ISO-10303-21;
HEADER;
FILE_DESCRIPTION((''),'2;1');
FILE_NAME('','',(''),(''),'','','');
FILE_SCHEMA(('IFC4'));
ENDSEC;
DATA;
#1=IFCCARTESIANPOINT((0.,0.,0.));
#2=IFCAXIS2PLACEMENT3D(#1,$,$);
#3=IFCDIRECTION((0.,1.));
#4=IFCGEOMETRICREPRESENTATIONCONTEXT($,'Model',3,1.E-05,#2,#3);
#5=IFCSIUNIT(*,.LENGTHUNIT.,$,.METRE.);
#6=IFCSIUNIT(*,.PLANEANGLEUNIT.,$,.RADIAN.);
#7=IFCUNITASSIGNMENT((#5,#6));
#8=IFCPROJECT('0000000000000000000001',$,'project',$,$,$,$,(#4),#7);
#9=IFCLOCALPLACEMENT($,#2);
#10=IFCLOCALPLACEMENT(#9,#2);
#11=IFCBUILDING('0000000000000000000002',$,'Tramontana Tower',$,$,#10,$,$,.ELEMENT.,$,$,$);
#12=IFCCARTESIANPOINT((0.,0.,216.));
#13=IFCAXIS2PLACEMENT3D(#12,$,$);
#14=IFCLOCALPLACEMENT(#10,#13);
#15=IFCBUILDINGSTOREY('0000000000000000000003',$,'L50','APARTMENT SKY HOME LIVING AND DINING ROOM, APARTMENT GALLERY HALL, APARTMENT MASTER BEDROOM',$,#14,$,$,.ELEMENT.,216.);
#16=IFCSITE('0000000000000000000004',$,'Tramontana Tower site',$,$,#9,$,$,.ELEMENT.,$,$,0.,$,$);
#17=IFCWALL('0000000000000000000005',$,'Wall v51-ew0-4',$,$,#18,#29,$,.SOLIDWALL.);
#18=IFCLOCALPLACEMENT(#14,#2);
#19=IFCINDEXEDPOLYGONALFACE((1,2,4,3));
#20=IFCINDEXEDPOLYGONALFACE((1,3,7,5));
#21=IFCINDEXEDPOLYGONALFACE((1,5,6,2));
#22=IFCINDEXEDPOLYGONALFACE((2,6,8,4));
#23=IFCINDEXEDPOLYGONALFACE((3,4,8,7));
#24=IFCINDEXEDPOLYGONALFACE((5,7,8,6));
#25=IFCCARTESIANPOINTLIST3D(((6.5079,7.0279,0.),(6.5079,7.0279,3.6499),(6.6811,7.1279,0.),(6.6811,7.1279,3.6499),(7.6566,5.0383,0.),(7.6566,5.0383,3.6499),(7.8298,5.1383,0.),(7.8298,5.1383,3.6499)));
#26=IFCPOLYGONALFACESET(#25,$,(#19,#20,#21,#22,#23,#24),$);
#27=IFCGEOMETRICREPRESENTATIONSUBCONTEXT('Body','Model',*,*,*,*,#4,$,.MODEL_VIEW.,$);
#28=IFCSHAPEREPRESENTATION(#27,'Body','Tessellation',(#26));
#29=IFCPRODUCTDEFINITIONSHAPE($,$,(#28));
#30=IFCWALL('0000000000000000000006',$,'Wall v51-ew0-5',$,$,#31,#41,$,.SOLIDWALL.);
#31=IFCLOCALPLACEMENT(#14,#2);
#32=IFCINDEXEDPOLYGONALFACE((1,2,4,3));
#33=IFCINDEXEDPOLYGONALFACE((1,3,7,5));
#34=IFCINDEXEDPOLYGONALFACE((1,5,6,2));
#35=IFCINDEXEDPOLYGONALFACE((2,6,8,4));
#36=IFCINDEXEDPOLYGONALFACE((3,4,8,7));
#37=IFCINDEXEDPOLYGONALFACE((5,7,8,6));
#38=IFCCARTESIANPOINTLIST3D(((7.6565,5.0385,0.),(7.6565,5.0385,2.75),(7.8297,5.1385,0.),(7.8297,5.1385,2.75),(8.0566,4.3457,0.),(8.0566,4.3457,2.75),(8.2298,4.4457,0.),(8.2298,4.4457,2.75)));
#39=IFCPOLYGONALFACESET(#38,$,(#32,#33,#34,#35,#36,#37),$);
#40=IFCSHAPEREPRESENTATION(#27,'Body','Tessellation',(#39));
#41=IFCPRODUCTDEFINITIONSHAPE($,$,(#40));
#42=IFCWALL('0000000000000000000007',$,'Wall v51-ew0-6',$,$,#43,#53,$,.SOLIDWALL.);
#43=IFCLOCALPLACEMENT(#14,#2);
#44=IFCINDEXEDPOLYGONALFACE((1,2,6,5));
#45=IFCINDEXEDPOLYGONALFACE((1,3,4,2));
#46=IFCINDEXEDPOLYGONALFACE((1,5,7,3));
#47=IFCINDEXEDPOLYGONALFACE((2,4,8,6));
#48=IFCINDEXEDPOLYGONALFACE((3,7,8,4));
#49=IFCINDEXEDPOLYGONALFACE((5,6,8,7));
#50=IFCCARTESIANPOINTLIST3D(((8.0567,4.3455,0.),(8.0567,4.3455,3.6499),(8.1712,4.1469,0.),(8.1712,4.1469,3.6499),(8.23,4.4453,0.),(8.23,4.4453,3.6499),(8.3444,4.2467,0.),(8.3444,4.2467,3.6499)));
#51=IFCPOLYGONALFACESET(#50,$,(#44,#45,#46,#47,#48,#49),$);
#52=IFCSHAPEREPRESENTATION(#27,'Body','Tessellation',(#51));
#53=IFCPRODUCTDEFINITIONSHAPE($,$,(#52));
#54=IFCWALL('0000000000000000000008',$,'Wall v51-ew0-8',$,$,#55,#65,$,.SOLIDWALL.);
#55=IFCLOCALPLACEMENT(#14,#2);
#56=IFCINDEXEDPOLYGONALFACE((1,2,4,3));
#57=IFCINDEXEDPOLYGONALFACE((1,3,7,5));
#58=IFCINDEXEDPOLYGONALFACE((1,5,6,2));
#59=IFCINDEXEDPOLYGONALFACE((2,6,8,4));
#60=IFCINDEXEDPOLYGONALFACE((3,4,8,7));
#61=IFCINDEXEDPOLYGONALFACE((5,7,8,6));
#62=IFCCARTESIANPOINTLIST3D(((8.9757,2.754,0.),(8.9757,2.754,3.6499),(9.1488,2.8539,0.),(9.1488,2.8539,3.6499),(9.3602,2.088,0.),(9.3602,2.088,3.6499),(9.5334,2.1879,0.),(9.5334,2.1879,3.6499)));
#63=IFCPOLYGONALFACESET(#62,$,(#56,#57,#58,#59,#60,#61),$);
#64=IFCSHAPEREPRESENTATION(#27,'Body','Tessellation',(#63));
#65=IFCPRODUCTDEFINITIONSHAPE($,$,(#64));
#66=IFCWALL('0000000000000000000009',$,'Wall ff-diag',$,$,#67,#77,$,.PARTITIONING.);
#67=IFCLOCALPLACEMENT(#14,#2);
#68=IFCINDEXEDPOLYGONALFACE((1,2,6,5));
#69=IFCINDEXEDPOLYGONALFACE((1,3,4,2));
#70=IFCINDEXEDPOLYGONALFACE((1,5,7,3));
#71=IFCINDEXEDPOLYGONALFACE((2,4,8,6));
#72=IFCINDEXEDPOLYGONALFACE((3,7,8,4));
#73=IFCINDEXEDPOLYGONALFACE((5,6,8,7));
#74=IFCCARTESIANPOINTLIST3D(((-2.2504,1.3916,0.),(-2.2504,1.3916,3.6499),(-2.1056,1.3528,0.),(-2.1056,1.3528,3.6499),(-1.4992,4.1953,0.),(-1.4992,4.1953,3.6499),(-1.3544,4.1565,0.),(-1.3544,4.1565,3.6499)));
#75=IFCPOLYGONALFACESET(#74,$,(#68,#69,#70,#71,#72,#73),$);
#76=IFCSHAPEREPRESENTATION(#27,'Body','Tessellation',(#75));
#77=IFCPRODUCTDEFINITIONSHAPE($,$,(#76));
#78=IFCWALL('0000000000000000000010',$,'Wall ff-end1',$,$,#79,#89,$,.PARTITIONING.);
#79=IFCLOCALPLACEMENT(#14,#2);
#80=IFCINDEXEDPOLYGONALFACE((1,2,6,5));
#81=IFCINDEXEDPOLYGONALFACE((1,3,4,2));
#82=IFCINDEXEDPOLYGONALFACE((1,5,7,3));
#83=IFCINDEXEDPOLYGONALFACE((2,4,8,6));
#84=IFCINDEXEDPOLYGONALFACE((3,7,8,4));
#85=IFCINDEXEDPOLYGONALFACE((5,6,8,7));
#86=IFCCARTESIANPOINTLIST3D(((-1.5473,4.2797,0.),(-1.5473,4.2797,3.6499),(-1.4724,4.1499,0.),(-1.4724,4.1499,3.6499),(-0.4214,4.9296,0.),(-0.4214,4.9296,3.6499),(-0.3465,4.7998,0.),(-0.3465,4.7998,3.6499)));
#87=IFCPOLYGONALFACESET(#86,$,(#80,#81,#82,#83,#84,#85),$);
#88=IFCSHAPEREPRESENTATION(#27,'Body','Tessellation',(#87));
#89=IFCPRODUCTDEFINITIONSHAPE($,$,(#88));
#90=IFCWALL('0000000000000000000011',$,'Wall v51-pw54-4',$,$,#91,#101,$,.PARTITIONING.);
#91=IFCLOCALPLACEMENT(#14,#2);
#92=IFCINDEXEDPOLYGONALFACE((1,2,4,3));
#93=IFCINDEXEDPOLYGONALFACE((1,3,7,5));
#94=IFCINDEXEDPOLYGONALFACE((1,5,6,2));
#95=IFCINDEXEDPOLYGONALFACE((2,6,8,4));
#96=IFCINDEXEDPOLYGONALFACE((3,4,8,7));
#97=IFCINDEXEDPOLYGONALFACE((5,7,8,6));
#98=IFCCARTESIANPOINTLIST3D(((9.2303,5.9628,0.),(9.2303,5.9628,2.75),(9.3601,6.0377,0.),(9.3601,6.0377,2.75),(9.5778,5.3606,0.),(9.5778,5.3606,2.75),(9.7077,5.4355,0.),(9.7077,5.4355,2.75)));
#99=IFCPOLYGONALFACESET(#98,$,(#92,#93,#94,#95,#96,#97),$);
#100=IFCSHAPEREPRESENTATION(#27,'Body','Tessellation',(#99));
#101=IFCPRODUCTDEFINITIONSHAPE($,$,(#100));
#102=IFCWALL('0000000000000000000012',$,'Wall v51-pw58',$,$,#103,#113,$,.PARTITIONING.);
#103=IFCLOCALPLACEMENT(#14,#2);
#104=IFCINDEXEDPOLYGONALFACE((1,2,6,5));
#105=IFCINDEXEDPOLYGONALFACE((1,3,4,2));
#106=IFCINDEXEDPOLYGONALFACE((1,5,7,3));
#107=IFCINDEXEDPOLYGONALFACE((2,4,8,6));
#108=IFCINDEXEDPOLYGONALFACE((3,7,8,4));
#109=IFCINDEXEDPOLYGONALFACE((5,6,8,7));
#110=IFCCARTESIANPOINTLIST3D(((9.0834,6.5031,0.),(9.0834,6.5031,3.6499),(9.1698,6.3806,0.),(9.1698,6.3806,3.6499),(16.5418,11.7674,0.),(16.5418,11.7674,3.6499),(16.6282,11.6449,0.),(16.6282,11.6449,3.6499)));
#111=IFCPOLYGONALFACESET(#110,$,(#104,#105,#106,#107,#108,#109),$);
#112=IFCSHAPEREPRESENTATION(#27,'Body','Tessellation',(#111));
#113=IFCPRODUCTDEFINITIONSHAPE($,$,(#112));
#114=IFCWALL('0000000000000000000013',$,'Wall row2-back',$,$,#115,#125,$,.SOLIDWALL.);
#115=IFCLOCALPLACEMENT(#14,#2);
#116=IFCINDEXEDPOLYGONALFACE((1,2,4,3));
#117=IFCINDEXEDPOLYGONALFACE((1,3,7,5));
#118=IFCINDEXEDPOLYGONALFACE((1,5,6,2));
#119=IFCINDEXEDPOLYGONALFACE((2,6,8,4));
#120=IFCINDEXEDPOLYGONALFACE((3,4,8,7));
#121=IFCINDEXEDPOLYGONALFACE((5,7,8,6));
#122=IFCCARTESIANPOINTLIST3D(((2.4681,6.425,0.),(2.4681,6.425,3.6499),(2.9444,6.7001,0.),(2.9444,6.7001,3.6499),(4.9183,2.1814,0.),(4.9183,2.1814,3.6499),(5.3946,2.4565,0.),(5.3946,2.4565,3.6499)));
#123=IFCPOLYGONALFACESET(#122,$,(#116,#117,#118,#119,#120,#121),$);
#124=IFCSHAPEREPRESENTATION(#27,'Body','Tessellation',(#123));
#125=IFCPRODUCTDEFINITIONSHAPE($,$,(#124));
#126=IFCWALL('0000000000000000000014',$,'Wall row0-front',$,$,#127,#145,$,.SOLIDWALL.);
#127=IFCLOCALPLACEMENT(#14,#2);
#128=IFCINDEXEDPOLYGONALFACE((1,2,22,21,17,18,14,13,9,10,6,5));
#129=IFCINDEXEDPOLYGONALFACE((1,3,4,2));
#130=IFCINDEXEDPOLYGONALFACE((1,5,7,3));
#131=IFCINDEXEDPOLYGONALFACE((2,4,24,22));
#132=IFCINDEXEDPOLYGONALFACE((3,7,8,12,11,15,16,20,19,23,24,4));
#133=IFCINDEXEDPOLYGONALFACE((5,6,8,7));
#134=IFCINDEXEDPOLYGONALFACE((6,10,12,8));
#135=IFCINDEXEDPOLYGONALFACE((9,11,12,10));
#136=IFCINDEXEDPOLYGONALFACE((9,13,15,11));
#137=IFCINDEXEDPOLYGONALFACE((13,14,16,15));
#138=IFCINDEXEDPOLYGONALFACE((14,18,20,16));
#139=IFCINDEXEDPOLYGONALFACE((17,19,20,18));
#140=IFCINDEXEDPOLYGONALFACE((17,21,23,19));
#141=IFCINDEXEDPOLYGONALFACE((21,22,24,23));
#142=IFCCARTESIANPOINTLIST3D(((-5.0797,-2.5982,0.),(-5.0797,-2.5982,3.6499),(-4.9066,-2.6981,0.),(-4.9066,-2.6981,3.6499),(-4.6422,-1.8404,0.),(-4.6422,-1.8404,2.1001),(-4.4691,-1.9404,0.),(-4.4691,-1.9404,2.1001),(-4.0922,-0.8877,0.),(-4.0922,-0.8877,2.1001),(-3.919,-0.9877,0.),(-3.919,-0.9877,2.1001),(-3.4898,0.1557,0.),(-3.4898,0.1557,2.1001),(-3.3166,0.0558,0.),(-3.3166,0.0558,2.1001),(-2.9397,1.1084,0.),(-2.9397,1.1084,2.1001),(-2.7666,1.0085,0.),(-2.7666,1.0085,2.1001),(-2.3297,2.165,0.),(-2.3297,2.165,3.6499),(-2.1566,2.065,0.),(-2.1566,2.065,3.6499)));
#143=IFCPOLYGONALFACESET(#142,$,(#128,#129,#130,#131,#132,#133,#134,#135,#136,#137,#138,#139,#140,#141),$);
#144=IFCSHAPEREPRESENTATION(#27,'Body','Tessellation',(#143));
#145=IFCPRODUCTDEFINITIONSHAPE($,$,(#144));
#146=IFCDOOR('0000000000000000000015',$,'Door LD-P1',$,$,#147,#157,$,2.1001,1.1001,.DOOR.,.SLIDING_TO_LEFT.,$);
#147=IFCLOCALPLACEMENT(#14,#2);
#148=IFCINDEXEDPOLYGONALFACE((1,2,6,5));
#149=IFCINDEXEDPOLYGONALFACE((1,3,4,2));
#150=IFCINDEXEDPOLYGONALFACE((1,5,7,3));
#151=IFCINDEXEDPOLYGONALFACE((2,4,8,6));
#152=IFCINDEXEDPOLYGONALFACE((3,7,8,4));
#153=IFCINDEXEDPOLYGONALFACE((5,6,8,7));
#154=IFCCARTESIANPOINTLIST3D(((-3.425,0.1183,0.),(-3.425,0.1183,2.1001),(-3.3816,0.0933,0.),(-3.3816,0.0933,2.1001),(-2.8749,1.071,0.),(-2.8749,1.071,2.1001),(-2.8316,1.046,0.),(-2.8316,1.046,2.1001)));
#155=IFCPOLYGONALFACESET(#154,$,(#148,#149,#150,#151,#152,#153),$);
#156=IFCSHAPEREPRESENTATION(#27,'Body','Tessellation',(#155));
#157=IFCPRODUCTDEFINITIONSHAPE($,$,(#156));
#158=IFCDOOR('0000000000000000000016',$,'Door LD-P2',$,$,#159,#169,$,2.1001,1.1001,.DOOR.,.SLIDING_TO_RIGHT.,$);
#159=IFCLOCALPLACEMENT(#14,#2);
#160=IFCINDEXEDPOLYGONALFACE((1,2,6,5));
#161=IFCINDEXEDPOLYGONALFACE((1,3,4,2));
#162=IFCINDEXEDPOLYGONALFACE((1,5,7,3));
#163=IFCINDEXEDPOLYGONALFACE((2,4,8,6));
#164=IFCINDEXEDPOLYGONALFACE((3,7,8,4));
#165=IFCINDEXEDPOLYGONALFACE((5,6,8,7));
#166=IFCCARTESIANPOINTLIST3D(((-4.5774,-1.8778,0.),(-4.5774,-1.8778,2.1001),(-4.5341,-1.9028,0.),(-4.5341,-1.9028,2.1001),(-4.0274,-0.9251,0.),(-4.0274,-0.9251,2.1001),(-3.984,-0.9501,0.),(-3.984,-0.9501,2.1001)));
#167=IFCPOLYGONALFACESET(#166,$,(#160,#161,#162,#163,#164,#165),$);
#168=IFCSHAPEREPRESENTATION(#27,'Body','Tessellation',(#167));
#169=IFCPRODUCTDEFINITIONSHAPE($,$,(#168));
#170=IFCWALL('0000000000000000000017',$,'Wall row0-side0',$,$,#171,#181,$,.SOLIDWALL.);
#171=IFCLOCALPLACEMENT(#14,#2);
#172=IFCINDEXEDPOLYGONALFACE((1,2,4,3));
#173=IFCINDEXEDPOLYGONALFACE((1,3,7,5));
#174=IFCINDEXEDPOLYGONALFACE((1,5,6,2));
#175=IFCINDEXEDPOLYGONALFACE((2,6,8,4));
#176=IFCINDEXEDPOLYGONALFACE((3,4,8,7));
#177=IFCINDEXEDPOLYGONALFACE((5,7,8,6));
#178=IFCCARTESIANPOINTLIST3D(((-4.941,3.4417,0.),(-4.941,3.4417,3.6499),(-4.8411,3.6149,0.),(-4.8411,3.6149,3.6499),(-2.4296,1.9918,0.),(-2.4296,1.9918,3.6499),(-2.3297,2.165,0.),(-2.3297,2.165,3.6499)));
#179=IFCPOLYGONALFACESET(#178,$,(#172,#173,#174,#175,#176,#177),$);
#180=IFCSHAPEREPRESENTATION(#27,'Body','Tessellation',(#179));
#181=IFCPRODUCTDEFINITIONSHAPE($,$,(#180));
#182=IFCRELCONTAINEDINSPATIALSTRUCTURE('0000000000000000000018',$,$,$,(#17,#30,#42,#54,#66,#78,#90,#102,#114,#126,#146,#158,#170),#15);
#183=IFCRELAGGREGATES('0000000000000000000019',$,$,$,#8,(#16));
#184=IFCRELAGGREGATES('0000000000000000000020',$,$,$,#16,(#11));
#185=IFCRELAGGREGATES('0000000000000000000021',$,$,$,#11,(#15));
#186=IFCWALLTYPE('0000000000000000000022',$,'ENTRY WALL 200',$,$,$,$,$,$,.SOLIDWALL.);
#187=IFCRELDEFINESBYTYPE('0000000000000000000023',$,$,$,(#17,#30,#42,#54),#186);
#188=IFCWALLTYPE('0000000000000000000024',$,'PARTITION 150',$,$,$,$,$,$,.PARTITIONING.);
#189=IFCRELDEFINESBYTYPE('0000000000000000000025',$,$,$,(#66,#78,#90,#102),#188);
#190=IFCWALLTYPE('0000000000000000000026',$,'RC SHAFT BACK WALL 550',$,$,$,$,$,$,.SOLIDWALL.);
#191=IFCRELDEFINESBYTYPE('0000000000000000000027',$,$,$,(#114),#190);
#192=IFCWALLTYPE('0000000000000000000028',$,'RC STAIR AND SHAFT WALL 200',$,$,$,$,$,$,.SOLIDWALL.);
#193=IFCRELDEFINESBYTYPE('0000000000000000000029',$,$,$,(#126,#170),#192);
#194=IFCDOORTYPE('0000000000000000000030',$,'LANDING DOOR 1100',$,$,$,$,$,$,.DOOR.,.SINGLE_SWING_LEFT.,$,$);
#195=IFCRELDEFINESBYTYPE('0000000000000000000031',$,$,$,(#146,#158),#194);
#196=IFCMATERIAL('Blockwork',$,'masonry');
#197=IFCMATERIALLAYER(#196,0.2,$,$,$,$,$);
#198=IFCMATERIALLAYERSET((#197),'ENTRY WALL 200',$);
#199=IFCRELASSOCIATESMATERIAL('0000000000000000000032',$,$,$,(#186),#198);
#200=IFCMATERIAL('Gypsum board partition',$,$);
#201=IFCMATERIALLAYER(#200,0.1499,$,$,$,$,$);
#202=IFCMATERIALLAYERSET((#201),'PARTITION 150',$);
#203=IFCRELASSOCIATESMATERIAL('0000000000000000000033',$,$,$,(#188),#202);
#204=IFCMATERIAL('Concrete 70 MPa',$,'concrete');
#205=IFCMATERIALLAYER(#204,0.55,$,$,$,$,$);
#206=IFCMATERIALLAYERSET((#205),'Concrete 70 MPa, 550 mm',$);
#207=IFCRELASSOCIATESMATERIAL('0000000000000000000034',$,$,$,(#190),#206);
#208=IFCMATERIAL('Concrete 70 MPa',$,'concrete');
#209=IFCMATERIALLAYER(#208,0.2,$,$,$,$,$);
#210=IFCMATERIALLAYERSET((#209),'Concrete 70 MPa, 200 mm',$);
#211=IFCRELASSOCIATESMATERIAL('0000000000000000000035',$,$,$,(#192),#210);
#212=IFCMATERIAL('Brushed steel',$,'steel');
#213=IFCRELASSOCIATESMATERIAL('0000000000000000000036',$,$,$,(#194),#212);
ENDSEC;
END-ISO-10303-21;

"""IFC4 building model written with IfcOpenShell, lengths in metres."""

from ifc_helpers import new_model, si_unit, direction, frame, frame_2d, origin, place, context, subcontext, project, spatial, rectangle, extrude, material, layer, layer_set, type_object, element, fill, save


model = new_model("IFC4")

# Units and contexts
model_context = context("Model", 3, precision=1e-05, world=origin(), true_north=direction((0.0, 1.0)))
body_context = subcontext(model_context, "Body", "Model", "MODEL_VIEW")
ifc_project = project(units=[si_unit("LENGTHUNIT", "METRE"), si_unit("PLANEANGLEUNIT", "RADIAN")], contexts=[model_context])

# Site, building, storey
site_placement = place(None, origin())
site = spatial("IfcSite", under=ifc_project, at=site_placement, Name="Tramontana Tower site", CompositionType="ELEMENT", RefElevation=0.0)
building_placement = place(site_placement, origin())
building = spatial("IfcBuilding", under=site, at=building_placement, Name="Tramontana Tower", CompositionType="ELEMENT")
storey_placement = place(building_placement, frame((0.0, 0.0, 216.0)))
storey = spatial("IfcBuildingStorey", under=building, at=storey_placement, Name="L50", Description="APARTMENT SKY HOME LIVING AND DINING ROOM, APARTMENT GALLERY HALL, APARTMENT MASTER BEDROOM", CompositionType="ELEMENT", Elevation=216.0)

# Walls
ifc_material_1 = material(Name="Blockwork", Category="masonry")
ifc_layer_1 = layer(ifc_material_1, 0.2)
ifc_layer_set_1 = layer_set([ifc_layer_1], Name="ENTRY WALL 200")
wall_type_1 = type_object("IfcWallType", Name="ENTRY WALL 200", PredefinedType="SOLIDWALL", material=ifc_layer_set_1)
wall_1_placement = place(storey_placement, frame((6.5945, 7.0779, 0.0), z_axis=(0.0, 0.0, 1.0), x_axis=(0.500014, -0.866017, 0.0)))
element("IfcWall", 1, at=wall_1_placement, inside=storey, type_object=wall_type_1, Name="Wall v51-ew0-4", PredefinedType="SOLIDWALL", context=body_context, shape_type="SweptSolid", body=[
    extrude(rectangle(XDim=2.2974, YDim=0.2, at=frame_2d((1.1487, 0.0))), origin(), (0.0, 0.0, 1.0), 3.6499),
])
wall_2_placement = place(storey_placement, frame((7.7432, 5.0884, 0.0), z_axis=(0.0, 0.0, 1.0), x_axis=(0.50011, -0.865962, 0.0)))
element("IfcWall", 2, at=wall_2_placement, inside=storey, type_object=wall_type_1, Name="Wall v51-ew0-5", PredefinedType="SOLIDWALL", context=body_context, shape_type="SweptSolid", body=[
    extrude(rectangle(XDim=0.8, YDim=0.2, at=frame_2d((0.3999, 0.0))), origin(), (0.0, 0.0, 1.0), 2.75),
])
wall_3_placement = place(storey_placement, frame((8.1433, 4.3955, 0.0), z_axis=(0.0, 0.0, 1.0), x_axis=(0.499231, -0.866469, 0.0)))
element("IfcWall", 3, at=wall_3_placement, inside=storey, type_object=wall_type_1, Name="Wall v51-ew0-6", PredefinedType="SOLIDWALL", context=body_context, shape_type="SweptSolid", body=[
    extrude(rectangle(XDim=0.2292, YDim=0.2, at=frame_2d((0.1147, 0.0))), origin(), (0.0, 0.0, 1.0), 3.6499),
])

# Walls
wall_4_placement = place(storey_placement, frame((9.0623, 2.804, 0.0), z_axis=(0.0, 0.0, 1.0), x_axis=(0.499997, -0.866027, 0.0)))
element("IfcWall", 4, at=wall_4_placement, inside=storey, type_object=wall_type_1, Name="Wall v51-ew0-8", PredefinedType="SOLIDWALL", context=body_context, shape_type="SweptSolid", body=[
    extrude(rectangle(XDim=0.769, YDim=0.2, at=frame_2d((0.3845, 0.0))), origin(), (0.0, 0.0, 1.0), 3.6499),
])
ifc_material_2 = material(Name="Gypsum board partition")
ifc_layer_2 = layer(ifc_material_2, 0.1499)
ifc_layer_set_2 = layer_set([ifc_layer_2], Name="PARTITION 150")
wall_type_2 = type_object("IfcWallType", Name="PARTITION 150", PredefinedType="PARTITIONING", material=ifc_layer_set_2)
wall_5_placement = place(storey_placement, frame((-2.178, 1.3723, 0.0), z_axis=(0.0, 0.0, 1.0), x_axis=(0.258809, 0.965929, 0.0)))
element("IfcWall", 5, at=wall_5_placement, inside=storey, type_object=wall_type_2, Name="Wall ff-diag", PredefinedType="PARTITIONING", context=body_context, shape_type="SweptSolid", body=[
    extrude(rectangle(XDim=2.9026, YDim=0.1499, at=frame_2d((1.4512, 0.0))), origin(), (0.0, 0.0, 1.0), 3.6499),
])
wall_6_placement = place(storey_placement, frame((-1.5098, 4.2148, 0.0), z_axis=(0.0, 0.0, 1.0), x_axis=(0.866086, 0.499896, 0.0)))
element("IfcWall", 6, at=wall_6_placement, inside=storey, type_object=wall_type_2, Name="Wall ff-end1", PredefinedType="PARTITIONING", context=body_context, shape_type="SweptSolid", body=[
    extrude(rectangle(XDim=1.3, YDim=0.1499, at=frame_2d((0.6499, 0.0))), origin(), (0.0, 0.0, 1.0), 3.6499),
])
wall_7_placement = place(storey_placement, frame((9.2952, 6.0002, 0.0), z_axis=(0.0, 0.0, 1.0), x_axis=(0.499915, -0.866075, 0.0)))
element("IfcWall", 7, at=wall_7_placement, inside=storey, type_object=wall_type_2, Name="Wall v51-pw54-4", PredefinedType="PARTITIONING", context=body_context, shape_type="SweptSolid", body=[
    extrude(rectangle(XDim=0.6953, YDim=0.1499, at=frame_2d((0.3477, 0.0))), origin(), (0.0, 0.0, 1.0), 2.75),
])
wall_8_placement = place(storey_placement, frame((9.1267, 6.4419, 0.0), z_axis=(0.0, 0.0, 1.0), x_axis=(0.816989, 0.576653, 0.0)))
element("IfcWall", 8, at=wall_8_placement, inside=storey, type_object=wall_type_2, Name="Wall v51-pw58", PredefinedType="PARTITIONING", context=body_context, shape_type="SweptSolid", body=[
    extrude(rectangle(XDim=9.1292, YDim=0.1499, at=frame_2d((4.5645, 0.0))), origin(), (0.0, 0.0, 1.0), 3.6499),
])
ifc_material_3 = material(Name="Concrete 70 MPa", Category="concrete")
ifc_layer_3 = layer(ifc_material_3, 0.55)
ifc_layer_set_3 = layer_set([ifc_layer_3], Name="Concrete 70 MPa, 550 mm")
wall_type_3 = type_object("IfcWallType", Name="RC SHAFT BACK WALL 550", PredefinedType="SOLIDWALL", material=ifc_layer_set_3)
wall_9_placement = place(storey_placement, frame((5.1565, 2.3188, 0.0), z_axis=(0.0, 0.0, 1.0), x_axis=(-0.500019, 0.866015, 0.0)))
element("IfcWall", 9, at=wall_9_placement, inside=storey, type_object=wall_type_3, Name="Wall row2-back", PredefinedType="SOLIDWALL", context=body_context, shape_type="SweptSolid", body=[
    extrude(rectangle(XDim=4.9001, YDim=0.55, at=frame_2d((2.4502, 0.0))), origin(), (0.0, 0.0, 1.0), 3.6499),
])

# Shared definitions
ifc_material_4 = material(Name="Concrete 70 MPa", Category="concrete")
ifc_layer_4 = layer(ifc_material_4, 0.2)
ifc_layer_set_4 = layer_set([ifc_layer_4], Name="Concrete 70 MPa, 200 mm")
wall_type_4 = type_object("IfcWallType", Name="RC STAIR AND SHAFT WALL 200", PredefinedType="SOLIDWALL", material=ifc_layer_set_4)

# Wall, openings, doors
wall_10_placement = place(storey_placement, frame((-2.2432, 2.115, 0.0), z_axis=(0.0, 0.0, 1.0), x_axis=(-0.499997, -0.866027, 0.0)))
wall_10 = element("IfcWall", 10, at=wall_10_placement, inside=storey, type_object=wall_type_4, Name="Wall row0-front", PredefinedType="SOLIDWALL", context=body_context, shape_type="SweptSolid", body=[
    extrude(rectangle(XDim=5.5, YDim=0.2, at=frame_2d((2.75, 0.0))), origin(), (0.0, 0.0, 1.0), 3.6499),
])
opening_1_placement = place(wall_10_placement, frame((1.22, 0.0, 0.0)))
opening_1 = element("IfcOpeningElement", 11, at=opening_1_placement, cuts=wall_10, PredefinedType="OPENING", context=body_context, shape_type="SweptSolid", body=[
    extrude(rectangle(XDim=1.1001, YDim=2.1001, at=frame_2d((0.55, 1.05))), frame((0.0, 0.1099, 0.0), z_axis=(0.0, -1.0, 0.0), x_axis=(1.0, 0.0, 0.0)), (0.0, 0.0, 1.0), 0.22),
])
opening_2_placement = place(wall_10_placement, frame((3.5249, 0.0, 0.0)))
opening_2 = element("IfcOpeningElement", 12, at=opening_2_placement, cuts=wall_10, PredefinedType="OPENING", context=body_context, shape_type="SweptSolid", body=[
    extrude(rectangle(XDim=1.1001, YDim=2.1001, at=frame_2d((0.55, 1.05))), frame((0.0, 0.1099, 0.0), z_axis=(0.0, -1.0, 0.0), x_axis=(1.0, 0.0, 0.0)), (0.0, 0.0, 1.0), 0.22),
])
ifc_material_5 = material(Name="Brushed steel", Category="steel")
door_type_1 = type_object("IfcDoorType", Name="LANDING DOOR 1100", OperationType="SINGLE_SWING_LEFT", PredefinedType="DOOR", material=ifc_material_5)
door_1_placement = place(opening_1_placement, origin())
door_1 = element("IfcDoor", 13, at=door_1_placement, inside=storey, type_object=door_type_1, Name="Door LD-P1", OperationType="SLIDING_TO_LEFT", OverallHeight=2.1001, OverallWidth=1.1001, PredefinedType="DOOR", context=body_context, shape_type="SweptSolid", body=[
    extrude(rectangle(XDim=1.1001, YDim=2.1001, at=frame_2d((0.55, 1.05))), frame((0.0, 0.0249, 0.0), z_axis=(0.0, -1.0, 0.0), x_axis=(1.0, 0.0, 0.0)), (0.0, 0.0, 1.0), 0.05),
])
fill(opening_1, door_1)
door_2_placement = place(opening_2_placement, origin())
door_2 = element("IfcDoor", 14, at=door_2_placement, inside=storey, type_object=door_type_1, Name="Door LD-P2", OperationType="SLIDING_TO_RIGHT", OverallHeight=2.1001, OverallWidth=1.1001, PredefinedType="DOOR", context=body_context, shape_type="SweptSolid", body=[
    extrude(rectangle(XDim=1.1001, YDim=2.1001, at=frame_2d((0.55, 1.05))), frame((0.0, 0.0249, 0.0), z_axis=(0.0, -1.0, 0.0), x_axis=(1.0, 0.0, 0.0)), (0.0, 0.0, 1.0), 0.05),
])
fill(opening_2, door_2)

# Wall
wall_11_placement = place(storey_placement, frame((-2.3796, 2.0784, 0.0), z_axis=(0.0, 0.0, 1.0), x_axis=(-0.866033, 0.499987, 0.0)))
element("IfcWall", 15, at=wall_11_placement, inside=storey, type_object=wall_type_4, Name="Wall row0-side0", PredefinedType="SOLIDWALL", context=body_context, shape_type="SweptSolid", body=[
    extrude(rectangle(XDim=2.8999, YDim=0.2, at=frame_2d((1.45, 0.0))), origin(), (0.0, 0.0, 1.0), 3.6499),
])

save(model, "model.ifc")
